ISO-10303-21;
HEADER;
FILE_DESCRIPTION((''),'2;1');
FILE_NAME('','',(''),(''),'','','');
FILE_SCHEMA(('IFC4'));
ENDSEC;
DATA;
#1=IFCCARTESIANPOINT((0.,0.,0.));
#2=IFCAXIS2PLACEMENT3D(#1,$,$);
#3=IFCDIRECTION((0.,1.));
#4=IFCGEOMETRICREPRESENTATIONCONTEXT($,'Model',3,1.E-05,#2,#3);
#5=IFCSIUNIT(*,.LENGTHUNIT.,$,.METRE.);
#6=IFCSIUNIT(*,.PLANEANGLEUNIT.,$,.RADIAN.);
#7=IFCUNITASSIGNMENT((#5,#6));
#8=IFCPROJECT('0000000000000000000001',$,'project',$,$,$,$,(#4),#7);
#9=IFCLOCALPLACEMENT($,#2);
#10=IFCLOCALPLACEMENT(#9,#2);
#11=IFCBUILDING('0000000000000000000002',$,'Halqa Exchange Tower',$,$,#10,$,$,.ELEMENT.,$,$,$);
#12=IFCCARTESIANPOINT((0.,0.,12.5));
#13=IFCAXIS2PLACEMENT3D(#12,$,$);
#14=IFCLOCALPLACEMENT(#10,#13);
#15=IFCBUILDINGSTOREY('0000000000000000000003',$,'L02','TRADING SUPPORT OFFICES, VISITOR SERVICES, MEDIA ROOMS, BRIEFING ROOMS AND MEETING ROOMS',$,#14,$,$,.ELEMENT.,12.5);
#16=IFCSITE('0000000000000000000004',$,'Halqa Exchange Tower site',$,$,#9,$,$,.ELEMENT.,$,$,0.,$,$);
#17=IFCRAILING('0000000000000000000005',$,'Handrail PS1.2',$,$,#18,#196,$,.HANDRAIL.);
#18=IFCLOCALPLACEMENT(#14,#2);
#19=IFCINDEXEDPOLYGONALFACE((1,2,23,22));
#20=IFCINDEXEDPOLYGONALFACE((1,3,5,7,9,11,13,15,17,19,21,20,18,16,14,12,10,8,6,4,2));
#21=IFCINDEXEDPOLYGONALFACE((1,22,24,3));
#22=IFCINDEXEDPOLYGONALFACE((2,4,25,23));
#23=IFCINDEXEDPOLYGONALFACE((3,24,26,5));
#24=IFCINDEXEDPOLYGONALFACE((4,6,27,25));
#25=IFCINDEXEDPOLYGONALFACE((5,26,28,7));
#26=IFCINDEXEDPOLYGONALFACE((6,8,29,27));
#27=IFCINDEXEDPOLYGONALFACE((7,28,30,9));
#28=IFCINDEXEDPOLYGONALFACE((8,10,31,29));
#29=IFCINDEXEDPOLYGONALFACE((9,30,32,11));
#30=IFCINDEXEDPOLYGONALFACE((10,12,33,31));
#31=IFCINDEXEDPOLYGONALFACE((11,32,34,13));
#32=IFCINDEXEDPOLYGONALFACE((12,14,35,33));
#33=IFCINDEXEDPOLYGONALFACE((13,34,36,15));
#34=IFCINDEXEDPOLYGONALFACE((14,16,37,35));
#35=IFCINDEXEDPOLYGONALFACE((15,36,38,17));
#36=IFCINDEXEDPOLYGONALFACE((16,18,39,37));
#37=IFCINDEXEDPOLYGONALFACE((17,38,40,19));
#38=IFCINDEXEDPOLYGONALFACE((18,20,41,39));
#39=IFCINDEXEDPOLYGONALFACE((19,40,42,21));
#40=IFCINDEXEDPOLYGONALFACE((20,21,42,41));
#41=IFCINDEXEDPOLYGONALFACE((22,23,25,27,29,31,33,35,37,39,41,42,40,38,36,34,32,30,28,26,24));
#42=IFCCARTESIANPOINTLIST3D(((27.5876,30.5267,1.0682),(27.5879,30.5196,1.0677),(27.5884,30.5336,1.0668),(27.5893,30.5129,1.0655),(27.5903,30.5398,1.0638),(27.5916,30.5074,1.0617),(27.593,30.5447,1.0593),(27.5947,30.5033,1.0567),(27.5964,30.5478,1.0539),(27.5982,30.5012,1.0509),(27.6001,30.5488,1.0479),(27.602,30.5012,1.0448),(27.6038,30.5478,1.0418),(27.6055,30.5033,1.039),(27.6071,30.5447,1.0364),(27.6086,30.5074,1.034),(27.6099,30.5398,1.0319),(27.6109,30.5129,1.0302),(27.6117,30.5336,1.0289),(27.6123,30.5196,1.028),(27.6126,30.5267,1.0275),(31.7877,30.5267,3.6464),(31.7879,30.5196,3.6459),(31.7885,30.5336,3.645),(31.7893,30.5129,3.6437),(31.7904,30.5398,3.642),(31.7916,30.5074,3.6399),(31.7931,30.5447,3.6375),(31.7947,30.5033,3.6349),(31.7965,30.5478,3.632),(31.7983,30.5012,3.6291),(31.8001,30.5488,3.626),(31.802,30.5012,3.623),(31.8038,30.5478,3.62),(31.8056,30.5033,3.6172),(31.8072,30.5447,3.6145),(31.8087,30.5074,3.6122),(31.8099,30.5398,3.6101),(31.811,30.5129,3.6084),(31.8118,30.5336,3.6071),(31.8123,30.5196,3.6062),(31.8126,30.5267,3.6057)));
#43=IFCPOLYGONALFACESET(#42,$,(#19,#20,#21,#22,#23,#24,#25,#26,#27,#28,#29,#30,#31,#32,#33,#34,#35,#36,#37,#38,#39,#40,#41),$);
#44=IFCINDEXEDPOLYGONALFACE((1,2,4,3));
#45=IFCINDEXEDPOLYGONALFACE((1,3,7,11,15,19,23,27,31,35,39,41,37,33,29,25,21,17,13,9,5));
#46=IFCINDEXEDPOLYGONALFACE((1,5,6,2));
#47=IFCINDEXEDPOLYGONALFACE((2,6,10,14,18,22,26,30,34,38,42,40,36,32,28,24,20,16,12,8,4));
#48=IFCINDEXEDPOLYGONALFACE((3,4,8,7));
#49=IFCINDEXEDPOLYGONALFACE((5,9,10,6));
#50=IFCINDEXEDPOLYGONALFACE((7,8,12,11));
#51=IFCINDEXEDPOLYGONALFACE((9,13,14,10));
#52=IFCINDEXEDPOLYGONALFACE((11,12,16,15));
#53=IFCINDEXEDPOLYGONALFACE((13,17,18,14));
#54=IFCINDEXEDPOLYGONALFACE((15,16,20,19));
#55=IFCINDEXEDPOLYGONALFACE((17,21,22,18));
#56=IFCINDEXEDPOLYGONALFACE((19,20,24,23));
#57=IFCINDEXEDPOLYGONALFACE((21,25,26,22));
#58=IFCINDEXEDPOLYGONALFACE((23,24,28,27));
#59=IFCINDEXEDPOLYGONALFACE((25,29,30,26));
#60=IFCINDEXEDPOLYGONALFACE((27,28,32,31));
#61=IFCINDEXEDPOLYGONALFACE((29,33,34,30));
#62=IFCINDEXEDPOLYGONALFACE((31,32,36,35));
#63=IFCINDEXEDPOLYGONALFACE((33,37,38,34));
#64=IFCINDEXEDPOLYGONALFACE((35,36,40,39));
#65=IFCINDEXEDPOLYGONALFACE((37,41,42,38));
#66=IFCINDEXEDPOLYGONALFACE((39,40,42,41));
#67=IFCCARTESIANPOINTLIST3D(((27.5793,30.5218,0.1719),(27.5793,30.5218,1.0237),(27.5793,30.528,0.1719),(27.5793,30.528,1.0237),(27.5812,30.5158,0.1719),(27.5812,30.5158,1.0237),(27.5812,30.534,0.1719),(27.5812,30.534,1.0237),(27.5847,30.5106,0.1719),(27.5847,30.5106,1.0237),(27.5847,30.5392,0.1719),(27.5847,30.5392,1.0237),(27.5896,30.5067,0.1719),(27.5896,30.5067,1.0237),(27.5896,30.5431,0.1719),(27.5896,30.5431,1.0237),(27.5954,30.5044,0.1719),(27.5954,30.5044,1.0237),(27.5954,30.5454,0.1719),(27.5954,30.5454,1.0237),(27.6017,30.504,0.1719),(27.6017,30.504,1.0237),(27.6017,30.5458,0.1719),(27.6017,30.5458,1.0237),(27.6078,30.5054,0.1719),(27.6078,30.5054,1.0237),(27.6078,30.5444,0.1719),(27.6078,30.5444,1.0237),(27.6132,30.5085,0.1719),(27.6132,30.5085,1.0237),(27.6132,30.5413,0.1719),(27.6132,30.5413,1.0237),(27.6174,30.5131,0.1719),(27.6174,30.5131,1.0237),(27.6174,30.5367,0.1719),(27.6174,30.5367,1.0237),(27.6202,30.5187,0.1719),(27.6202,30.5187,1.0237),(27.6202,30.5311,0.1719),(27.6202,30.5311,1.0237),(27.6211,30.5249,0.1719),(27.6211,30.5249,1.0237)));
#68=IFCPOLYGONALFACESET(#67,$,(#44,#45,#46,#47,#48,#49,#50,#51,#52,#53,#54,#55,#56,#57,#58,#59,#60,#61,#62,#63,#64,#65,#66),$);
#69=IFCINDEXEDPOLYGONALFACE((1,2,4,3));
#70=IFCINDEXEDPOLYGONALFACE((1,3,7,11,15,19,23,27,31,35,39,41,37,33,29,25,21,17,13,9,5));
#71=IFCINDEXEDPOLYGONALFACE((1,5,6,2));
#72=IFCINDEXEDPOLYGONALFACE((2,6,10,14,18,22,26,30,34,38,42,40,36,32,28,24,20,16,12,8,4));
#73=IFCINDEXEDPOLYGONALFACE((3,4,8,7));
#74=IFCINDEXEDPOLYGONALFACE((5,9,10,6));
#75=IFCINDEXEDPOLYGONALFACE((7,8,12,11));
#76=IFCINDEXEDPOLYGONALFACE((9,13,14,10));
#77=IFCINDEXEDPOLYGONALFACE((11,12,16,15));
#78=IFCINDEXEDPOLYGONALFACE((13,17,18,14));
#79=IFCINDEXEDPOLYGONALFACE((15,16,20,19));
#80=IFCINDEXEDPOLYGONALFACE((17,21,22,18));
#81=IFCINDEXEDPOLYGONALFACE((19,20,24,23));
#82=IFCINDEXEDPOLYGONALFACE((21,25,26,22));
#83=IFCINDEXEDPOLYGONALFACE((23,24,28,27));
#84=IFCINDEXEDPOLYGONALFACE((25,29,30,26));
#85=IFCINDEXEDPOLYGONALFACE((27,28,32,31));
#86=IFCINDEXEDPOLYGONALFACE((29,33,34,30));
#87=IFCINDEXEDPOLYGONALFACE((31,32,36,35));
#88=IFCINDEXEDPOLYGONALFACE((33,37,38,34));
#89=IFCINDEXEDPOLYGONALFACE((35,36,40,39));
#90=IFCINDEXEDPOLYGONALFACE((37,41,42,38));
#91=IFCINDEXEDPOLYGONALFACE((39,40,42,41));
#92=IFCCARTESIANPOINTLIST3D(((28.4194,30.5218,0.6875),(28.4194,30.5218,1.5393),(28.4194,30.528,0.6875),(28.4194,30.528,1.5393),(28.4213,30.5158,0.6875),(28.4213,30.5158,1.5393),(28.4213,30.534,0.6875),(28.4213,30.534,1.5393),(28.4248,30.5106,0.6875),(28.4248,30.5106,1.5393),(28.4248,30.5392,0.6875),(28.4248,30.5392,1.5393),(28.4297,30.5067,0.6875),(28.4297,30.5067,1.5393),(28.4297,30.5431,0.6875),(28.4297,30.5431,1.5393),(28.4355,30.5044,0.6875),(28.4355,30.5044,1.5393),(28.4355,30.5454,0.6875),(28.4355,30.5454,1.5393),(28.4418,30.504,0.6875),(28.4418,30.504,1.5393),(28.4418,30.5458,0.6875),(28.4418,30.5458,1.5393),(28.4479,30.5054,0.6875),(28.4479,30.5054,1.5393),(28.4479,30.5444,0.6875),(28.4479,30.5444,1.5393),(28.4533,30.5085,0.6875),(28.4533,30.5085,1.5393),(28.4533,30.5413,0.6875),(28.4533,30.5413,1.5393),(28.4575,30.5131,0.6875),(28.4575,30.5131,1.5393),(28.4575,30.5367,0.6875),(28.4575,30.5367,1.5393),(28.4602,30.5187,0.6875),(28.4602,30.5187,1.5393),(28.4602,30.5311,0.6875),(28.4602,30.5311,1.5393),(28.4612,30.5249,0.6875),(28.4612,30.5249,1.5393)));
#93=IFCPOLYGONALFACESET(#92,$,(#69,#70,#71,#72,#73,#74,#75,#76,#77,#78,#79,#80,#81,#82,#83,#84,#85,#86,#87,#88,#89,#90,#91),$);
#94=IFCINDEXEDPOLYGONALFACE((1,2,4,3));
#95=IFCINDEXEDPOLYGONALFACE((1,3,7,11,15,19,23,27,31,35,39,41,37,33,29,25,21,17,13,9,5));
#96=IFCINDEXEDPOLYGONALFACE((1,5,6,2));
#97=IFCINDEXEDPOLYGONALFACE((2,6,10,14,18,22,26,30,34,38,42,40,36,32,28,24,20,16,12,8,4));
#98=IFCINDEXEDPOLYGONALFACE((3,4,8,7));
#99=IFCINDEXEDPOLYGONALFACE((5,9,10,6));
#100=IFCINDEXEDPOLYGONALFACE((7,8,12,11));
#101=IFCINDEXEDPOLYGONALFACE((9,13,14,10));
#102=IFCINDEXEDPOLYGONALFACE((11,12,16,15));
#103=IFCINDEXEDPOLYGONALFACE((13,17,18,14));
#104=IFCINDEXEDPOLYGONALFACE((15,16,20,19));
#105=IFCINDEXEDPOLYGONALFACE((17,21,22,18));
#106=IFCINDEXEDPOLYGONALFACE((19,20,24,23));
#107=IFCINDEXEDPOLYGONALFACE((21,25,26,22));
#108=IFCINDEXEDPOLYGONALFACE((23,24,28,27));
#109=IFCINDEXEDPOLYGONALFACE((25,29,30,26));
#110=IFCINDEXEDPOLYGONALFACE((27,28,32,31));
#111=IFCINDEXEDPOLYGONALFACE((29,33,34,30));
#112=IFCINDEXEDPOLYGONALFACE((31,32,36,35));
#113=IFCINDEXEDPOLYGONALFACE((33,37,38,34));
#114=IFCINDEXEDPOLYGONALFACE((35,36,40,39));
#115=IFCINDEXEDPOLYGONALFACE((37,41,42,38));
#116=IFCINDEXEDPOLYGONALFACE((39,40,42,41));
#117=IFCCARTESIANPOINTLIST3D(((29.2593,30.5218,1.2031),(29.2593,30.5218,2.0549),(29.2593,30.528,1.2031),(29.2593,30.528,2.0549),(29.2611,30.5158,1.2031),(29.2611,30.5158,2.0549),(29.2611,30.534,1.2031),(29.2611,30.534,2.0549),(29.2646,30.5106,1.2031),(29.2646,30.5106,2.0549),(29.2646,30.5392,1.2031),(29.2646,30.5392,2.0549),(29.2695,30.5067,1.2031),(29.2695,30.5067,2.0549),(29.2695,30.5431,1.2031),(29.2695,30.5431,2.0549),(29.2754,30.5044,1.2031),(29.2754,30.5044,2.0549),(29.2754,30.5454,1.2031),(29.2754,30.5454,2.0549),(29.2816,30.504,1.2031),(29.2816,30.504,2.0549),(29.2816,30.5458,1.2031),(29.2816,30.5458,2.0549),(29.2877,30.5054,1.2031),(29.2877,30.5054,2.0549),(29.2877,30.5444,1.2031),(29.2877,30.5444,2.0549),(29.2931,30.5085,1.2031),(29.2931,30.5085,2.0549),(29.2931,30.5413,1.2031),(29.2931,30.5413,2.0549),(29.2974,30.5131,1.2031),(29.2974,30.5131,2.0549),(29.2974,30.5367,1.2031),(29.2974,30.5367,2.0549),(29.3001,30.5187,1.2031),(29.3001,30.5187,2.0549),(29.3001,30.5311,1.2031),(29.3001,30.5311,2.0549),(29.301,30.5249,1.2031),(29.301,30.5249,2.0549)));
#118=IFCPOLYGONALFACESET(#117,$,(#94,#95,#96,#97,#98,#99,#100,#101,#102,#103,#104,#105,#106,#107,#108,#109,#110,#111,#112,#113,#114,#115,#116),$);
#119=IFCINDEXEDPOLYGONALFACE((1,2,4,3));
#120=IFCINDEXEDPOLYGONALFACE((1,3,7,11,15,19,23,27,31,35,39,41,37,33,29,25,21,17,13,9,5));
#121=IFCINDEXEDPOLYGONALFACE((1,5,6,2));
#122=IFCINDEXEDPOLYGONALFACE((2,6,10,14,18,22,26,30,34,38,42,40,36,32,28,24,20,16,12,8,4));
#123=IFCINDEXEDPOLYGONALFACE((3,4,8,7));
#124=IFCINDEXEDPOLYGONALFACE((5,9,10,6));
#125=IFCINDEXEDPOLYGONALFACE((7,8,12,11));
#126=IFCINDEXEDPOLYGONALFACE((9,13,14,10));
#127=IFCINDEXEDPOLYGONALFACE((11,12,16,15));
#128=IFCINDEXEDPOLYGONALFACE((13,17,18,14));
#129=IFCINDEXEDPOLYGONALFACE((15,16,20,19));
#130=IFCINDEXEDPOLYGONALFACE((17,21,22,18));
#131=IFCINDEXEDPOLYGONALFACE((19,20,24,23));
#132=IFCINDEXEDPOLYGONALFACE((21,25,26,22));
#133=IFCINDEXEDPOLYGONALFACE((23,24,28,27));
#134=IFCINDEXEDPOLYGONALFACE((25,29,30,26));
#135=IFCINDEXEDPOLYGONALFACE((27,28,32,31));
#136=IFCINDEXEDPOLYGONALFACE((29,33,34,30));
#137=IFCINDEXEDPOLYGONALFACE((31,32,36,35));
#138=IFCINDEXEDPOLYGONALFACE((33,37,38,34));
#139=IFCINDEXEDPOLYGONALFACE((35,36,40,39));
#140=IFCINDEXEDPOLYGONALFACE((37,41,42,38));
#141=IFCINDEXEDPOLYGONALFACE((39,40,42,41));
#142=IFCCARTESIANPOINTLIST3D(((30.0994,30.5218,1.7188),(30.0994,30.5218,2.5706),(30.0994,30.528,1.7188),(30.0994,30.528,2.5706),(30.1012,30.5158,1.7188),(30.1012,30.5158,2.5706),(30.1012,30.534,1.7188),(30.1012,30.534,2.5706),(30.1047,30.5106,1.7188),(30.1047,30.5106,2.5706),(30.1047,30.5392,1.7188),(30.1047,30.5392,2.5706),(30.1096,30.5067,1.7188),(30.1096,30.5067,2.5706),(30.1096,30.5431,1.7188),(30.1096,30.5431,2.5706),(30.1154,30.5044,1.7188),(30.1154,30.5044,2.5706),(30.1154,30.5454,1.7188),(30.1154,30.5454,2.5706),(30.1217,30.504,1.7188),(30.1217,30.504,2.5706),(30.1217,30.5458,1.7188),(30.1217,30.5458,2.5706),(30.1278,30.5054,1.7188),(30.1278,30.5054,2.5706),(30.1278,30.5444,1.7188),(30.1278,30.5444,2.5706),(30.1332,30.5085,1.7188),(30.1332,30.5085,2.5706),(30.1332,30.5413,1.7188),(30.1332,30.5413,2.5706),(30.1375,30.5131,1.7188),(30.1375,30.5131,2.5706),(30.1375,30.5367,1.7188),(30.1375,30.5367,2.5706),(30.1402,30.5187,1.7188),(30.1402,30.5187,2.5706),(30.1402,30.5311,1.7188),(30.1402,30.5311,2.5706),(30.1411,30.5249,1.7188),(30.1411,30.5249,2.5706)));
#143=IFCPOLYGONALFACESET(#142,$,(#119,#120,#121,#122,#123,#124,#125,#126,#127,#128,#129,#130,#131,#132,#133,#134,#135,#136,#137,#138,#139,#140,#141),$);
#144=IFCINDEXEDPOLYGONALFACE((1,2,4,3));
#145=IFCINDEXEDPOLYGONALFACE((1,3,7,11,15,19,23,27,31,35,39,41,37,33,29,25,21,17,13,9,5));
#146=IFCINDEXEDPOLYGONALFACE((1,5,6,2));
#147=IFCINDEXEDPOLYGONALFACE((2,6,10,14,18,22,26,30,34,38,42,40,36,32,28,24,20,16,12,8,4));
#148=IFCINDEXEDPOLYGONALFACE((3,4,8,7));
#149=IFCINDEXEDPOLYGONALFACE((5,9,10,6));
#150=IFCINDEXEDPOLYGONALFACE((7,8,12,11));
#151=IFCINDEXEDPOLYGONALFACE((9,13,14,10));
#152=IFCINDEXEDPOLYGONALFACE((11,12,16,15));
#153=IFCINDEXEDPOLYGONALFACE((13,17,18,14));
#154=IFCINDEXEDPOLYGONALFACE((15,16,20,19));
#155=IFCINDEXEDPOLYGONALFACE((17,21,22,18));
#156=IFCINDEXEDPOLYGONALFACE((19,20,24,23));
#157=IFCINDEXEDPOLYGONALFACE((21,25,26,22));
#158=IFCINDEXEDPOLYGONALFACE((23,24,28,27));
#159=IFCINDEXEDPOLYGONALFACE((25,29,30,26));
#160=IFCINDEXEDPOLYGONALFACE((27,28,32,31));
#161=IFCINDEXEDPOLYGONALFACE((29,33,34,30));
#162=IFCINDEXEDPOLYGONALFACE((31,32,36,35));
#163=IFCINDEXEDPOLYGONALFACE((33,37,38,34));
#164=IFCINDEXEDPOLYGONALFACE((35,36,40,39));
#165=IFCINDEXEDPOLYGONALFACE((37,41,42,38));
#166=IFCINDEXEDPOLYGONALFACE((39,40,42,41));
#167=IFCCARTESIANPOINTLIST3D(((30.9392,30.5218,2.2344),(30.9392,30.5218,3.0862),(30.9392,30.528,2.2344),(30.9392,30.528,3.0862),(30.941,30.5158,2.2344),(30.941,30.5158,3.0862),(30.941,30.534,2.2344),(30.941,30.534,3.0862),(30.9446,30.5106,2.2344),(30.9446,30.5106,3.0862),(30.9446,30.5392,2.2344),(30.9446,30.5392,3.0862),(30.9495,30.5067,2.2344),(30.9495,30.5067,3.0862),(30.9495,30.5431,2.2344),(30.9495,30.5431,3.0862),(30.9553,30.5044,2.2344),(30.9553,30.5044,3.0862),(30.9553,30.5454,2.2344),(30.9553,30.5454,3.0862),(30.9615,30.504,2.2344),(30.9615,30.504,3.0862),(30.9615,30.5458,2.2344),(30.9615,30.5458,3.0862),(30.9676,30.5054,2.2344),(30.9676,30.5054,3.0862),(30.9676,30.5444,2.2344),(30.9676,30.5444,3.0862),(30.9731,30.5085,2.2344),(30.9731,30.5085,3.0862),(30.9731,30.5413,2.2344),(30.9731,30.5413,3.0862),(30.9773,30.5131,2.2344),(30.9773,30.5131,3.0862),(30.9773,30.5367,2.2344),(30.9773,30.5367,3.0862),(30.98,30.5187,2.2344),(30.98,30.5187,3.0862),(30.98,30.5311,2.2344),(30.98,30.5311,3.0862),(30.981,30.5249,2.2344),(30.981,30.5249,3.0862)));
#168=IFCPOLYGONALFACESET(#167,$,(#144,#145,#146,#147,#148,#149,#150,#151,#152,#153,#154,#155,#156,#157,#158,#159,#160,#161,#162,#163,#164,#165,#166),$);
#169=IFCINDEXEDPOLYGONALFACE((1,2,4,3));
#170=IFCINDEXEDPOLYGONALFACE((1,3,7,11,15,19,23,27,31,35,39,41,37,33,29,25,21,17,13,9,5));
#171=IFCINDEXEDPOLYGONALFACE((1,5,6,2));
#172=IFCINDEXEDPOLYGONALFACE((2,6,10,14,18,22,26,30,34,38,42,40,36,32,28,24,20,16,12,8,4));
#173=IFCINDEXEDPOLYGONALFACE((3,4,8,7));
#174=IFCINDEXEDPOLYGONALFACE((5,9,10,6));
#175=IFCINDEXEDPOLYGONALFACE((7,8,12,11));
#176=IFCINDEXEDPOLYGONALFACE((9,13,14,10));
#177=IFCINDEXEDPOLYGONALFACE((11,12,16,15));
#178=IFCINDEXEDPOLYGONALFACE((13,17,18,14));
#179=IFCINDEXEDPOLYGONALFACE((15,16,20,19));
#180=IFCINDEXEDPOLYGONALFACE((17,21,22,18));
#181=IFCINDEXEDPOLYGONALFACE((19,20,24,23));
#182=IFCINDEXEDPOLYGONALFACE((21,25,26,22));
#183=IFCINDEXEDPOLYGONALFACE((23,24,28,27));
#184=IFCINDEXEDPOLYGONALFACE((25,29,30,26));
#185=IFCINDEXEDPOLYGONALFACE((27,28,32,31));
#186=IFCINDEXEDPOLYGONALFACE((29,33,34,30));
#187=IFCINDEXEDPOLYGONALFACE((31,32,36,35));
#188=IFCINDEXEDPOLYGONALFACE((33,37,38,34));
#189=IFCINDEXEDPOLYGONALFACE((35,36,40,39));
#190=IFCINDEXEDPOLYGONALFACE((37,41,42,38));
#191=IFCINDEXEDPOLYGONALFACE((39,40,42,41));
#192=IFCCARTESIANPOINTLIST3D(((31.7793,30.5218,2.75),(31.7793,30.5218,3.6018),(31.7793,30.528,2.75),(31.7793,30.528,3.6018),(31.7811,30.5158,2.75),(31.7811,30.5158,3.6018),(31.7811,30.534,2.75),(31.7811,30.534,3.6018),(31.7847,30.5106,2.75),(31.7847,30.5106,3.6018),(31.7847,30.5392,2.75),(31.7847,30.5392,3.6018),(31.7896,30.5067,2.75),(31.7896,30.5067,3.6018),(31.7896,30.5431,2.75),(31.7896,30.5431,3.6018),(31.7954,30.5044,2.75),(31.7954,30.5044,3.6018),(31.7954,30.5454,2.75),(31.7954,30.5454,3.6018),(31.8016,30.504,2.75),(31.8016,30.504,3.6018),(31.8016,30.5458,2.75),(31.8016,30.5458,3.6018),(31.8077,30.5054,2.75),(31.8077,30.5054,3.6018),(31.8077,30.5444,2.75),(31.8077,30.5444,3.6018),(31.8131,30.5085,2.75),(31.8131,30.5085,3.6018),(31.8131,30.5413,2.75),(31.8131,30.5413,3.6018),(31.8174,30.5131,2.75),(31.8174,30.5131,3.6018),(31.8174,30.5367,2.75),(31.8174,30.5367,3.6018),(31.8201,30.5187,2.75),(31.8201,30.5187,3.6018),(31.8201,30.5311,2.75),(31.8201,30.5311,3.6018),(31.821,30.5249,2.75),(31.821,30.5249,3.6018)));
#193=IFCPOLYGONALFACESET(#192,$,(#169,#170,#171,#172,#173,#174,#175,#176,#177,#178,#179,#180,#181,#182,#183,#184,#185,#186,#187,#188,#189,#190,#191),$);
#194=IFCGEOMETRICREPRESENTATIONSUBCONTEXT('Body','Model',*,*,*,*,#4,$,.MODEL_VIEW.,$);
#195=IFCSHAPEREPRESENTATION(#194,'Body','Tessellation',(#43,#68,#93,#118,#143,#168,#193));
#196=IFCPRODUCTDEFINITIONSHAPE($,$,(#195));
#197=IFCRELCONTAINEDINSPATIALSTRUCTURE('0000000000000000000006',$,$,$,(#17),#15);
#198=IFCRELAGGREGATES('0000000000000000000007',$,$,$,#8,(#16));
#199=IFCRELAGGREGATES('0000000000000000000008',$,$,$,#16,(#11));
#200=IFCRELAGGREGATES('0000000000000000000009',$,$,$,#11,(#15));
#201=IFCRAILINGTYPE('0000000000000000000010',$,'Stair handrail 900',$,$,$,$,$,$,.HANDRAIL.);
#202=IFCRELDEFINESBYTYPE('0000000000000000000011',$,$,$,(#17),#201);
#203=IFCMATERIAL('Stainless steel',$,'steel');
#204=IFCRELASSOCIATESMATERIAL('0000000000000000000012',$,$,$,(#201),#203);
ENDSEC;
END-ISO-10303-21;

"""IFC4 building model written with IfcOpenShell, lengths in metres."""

from ifc_helpers import new_model, si_unit, direction, frame, origin, origin_2d, place, context, subcontext, project, spatial, circle, extrude, material, type_object, element, save


model = new_model("IFC4")

# Units and contexts
model_context = context("Model", 3, precision=1e-05, world=origin(), true_north=direction((0.0, 1.0)))
body_context = subcontext(model_context, "Body", "Model", "MODEL_VIEW")
ifc_project = project(units=[si_unit("LENGTHUNIT", "METRE"), si_unit("PLANEANGLEUNIT", "RADIAN")], contexts=[model_context])

# Site, building, storey
site_placement = place(None, origin())
site = spatial("IfcSite", under=ifc_project, at=site_placement, Name="Halqa Exchange Tower site", CompositionType="ELEMENT", RefElevation=0.0)
building_placement = place(site_placement, origin())
building = spatial("IfcBuilding", under=site, at=building_placement, Name="Halqa Exchange Tower", CompositionType="ELEMENT")
storey_placement = place(building_placement, frame((0.0, 0.0, 12.5)))
storey = spatial("IfcBuildingStorey", under=building, at=storey_placement, Name="L02", Description="TRADING SUPPORT OFFICES, VISITOR SERVICES, MEDIA ROOMS, BRIEFING ROOMS AND MEETING ROOMS", CompositionType="ELEMENT", Elevation=12.5)

# Railing
ifc_material_1 = material(Name="Stainless steel", Category="steel")
railing_type_1 = type_object("IfcRailingType", Name="Stair handrail 900", PredefinedType="HANDRAIL", material=ifc_material_1)
for number, where, name in (
    (1, (27.6001, 30.5249, 0.1719), "Handrail PS1.2"),
):
    element("IfcRailing", number, at=place(storey_placement, frame(where)), inside=storey, type_object=railing_type_1, Name=name, PredefinedType="HANDRAIL", context=body_context, shape_type="SweptSolid", body=[
        extrude(circle(Radius=0.0239, at=origin_2d()), frame((0.0, 0.0, 0.876), z_axis=(0.852243, 0.0, 0.523146), x_axis=(0.0, 1.0, 0.0)), (0.0, 0.0, 1.0), 4.9282),
        extrude(circle(Radius=0.021, at=origin_2d()), origin(), (0.0, 0.0, 1.0), 0.8518),
        extrude(circle(Radius=0.021, at=origin_2d()), frame((0.8401, 0.0, 0.5156)), (0.0, 0.0, 1.0), 0.8518),
        extrude(circle(Radius=0.021, at=origin_2d()), frame((1.6799, 0.0, 1.0312)), (0.0, 0.0, 1.0), 0.8518),
        extrude(circle(Radius=0.021, at=origin_2d()), frame((2.52, 0.0, 1.5469)), (0.0, 0.0, 1.0), 0.8518),
        extrude(circle(Radius=0.021, at=origin_2d()), frame((3.3599, 0.0, 2.0625)), (0.0, 0.0, 1.0), 0.8518),
        extrude(circle(Radius=0.021, at=origin_2d()), frame((4.2, 0.0, 2.5781)), (0.0, 0.0, 1.0), 0.8518),
    ])

save(model, "model.ifc")
